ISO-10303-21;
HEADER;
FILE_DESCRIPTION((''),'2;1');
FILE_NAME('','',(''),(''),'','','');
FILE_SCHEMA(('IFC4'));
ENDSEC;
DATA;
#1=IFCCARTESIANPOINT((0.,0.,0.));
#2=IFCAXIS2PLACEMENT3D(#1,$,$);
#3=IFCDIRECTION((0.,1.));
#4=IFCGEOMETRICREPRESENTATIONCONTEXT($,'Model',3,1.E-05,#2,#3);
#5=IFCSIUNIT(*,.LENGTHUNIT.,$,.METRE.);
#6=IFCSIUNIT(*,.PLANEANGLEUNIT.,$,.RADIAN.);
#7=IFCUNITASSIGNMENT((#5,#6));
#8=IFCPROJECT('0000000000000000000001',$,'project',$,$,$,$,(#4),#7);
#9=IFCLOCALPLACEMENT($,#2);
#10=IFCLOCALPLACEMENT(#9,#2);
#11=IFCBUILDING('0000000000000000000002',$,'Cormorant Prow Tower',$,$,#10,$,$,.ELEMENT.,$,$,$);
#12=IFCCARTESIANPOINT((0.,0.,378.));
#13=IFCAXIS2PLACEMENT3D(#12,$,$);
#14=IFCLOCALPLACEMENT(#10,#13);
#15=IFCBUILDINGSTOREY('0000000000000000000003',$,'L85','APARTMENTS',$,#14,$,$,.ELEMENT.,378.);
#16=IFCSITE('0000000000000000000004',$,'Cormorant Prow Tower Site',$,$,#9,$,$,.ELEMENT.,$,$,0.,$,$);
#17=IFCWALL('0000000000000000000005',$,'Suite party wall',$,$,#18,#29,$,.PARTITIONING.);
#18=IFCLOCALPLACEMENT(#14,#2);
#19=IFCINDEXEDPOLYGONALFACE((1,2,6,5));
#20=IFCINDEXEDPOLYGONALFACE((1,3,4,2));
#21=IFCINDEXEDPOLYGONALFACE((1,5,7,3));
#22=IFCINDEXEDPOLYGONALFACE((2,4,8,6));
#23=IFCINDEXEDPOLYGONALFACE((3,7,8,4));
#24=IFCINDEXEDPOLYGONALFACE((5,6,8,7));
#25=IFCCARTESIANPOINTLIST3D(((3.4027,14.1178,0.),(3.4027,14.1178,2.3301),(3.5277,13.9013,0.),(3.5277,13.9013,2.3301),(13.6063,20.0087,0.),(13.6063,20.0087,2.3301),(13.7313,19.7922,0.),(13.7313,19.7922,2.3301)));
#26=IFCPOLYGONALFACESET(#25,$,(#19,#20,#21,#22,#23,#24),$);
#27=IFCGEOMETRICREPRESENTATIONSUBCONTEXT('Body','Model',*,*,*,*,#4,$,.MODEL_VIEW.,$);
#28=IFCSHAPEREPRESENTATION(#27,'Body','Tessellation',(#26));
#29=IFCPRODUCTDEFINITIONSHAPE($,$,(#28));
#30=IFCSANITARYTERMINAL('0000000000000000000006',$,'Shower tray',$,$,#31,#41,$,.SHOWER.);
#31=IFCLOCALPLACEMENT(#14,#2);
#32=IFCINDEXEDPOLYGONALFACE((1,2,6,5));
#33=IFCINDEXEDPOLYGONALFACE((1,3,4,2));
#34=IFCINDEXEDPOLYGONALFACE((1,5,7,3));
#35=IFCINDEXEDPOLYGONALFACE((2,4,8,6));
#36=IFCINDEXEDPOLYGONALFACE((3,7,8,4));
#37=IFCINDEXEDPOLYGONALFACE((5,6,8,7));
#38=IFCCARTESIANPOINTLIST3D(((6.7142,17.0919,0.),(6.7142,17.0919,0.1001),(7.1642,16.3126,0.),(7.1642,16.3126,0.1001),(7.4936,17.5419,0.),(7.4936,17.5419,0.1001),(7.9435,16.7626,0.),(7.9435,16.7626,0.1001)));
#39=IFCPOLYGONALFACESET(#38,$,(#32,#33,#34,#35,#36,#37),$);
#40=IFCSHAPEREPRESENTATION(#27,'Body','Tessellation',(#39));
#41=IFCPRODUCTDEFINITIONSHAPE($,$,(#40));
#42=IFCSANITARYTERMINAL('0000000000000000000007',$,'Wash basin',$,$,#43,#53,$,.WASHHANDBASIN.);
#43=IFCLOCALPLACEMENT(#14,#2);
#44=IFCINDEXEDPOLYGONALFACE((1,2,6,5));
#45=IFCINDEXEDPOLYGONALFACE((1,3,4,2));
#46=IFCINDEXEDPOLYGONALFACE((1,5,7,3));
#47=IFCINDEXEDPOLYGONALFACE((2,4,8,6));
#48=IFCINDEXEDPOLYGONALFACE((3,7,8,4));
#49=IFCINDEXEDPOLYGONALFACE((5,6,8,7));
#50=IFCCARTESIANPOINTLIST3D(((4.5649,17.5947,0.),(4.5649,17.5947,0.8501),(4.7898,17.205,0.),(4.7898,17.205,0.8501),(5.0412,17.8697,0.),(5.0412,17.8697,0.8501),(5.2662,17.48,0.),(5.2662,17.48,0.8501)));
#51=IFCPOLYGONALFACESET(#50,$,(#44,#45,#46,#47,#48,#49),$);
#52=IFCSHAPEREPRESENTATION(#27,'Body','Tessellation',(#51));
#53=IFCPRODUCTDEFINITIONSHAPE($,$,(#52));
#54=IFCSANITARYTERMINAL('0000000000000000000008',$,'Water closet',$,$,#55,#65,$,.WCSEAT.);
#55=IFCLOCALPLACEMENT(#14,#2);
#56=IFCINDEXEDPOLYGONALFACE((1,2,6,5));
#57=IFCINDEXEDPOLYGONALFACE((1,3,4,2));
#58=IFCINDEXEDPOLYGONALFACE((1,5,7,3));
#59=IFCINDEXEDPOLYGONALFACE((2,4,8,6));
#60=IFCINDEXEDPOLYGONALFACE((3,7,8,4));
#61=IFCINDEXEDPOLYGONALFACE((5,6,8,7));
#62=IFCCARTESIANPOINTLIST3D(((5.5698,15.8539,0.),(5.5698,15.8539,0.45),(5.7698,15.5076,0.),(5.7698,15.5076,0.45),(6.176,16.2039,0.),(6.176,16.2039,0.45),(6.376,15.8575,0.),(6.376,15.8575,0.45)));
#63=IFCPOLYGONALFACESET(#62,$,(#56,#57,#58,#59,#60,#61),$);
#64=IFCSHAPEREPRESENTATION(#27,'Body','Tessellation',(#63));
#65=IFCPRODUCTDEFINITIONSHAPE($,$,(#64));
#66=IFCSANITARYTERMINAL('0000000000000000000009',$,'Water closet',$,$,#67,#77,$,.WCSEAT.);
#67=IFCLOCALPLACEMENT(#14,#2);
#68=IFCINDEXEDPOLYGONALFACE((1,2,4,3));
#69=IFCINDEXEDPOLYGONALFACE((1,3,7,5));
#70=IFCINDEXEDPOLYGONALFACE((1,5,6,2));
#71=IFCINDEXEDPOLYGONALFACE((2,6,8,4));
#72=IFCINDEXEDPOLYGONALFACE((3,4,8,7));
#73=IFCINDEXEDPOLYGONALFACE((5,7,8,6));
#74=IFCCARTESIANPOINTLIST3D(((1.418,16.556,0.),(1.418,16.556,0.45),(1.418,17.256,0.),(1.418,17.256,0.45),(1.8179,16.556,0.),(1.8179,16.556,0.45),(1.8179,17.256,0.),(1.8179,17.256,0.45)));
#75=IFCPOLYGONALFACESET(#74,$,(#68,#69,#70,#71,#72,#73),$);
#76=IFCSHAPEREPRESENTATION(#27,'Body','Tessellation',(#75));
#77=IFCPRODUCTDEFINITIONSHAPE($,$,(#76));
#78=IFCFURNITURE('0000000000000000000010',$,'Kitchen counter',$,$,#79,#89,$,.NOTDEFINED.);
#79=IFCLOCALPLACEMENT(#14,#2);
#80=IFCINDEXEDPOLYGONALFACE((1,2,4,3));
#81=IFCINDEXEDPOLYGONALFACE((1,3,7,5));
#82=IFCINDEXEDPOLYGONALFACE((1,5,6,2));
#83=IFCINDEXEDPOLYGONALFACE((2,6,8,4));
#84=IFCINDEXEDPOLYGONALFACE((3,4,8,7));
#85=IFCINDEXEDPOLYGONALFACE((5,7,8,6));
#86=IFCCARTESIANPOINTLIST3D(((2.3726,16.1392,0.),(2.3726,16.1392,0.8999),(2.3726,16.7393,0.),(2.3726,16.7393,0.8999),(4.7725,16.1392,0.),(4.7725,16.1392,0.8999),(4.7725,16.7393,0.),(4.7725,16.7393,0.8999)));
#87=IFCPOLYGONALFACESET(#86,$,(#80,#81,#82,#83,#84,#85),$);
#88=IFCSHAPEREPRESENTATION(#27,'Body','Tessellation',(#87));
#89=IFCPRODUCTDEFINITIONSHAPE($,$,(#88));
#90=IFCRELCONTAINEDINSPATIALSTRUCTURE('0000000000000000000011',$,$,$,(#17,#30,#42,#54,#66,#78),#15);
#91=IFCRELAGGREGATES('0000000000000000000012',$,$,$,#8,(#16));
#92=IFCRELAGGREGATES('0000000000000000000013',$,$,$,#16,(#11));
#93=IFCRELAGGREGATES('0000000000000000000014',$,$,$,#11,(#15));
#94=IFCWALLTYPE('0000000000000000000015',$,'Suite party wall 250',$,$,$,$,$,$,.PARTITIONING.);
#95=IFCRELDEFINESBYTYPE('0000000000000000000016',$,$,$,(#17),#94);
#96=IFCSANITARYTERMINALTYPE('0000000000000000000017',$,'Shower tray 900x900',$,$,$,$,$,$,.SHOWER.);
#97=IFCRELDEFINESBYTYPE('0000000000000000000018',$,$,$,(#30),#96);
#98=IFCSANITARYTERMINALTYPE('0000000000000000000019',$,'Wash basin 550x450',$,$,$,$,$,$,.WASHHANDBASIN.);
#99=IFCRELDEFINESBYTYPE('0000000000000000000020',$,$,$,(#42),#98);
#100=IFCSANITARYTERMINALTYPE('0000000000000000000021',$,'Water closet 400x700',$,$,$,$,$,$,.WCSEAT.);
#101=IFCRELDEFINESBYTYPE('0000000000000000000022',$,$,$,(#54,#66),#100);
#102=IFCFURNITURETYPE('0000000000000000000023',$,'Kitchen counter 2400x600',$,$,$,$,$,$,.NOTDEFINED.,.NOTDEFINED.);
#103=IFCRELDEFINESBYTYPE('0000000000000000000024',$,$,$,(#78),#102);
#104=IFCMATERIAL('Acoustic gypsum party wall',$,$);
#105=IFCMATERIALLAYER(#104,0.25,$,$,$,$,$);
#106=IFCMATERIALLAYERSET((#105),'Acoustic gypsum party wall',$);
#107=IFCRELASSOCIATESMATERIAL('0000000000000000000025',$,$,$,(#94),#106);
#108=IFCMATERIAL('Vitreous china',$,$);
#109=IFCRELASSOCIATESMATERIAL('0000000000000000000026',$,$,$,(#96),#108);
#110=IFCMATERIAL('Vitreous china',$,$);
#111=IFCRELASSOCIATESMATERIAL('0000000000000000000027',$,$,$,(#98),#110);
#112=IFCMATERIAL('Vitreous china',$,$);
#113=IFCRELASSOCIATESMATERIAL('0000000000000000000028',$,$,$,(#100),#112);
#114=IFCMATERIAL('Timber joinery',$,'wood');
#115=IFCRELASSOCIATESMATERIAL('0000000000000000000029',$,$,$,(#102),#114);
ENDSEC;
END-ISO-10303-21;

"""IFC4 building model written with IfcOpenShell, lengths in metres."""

from ifc_helpers import new_model, si_unit, direction, frame, frame_2d, origin, origin_2d, place, context, subcontext, project, spatial, rectangle, extrude, material, layer, layer_set, type_object, element, save


model = new_model("IFC4")

# Units and contexts
model_context = context("Model", 3, precision=1e-05, world=origin(), true_north=direction((0.0, 1.0)))
body_context = subcontext(model_context, "Body", "Model", "MODEL_VIEW")
ifc_project = project(units=[si_unit("LENGTHUNIT", "METRE"), si_unit("PLANEANGLEUNIT", "RADIAN")], contexts=[model_context])

# Site, building, storey
site_placement = place(None, origin())
site = spatial("IfcSite", under=ifc_project, at=site_placement, Name="Cormorant Prow Tower Site", CompositionType="ELEMENT", RefElevation=0.0)
building_placement = place(site_placement, origin())
building = spatial("IfcBuilding", under=site, at=building_placement, Name="Cormorant Prow Tower", CompositionType="ELEMENT")
storey_placement = place(building_placement, frame((0.0, 0.0, 378.0)))
storey = spatial("IfcBuildingStorey", under=building, at=storey_placement, Name="L85", Description="APARTMENTS", CompositionType="ELEMENT", Elevation=378.0)

# Wall
ifc_material_1 = material(Name="Acoustic gypsum party wall")
ifc_layer_1 = layer(ifc_material_1, 0.25)
ifc_layer_set_1 = layer_set([ifc_layer_1], Name="Acoustic gypsum party wall")
wall_type_1 = type_object("IfcWallType", Name="Suite party wall 250", PredefinedType="PARTITIONING", material=ifc_layer_set_1)
wall_1_placement = place(storey_placement, frame((3.4651, 14.0095, 0.0), z_axis=(0.0, 0.0, 1.0), x_axis=(0.866032, 0.499988, 0.0)))
element("IfcWall", 1, at=wall_1_placement, inside=storey, type_object=wall_type_1, Name="Suite party wall", PredefinedType="PARTITIONING", context=body_context, shape_type="SweptSolid", body=[
    extrude(rectangle(XDim=11.782, YDim=0.25, at=frame_2d((5.8911, 0.0))), origin(), (0.0, 0.0, 1.0), 2.3301),
])

# Sanitary terminals
ifc_material_2 = material(Name="Vitreous china")
sanitary_terminal_type_1 = type_object("IfcSanitaryTerminalType", Name="Shower tray 900x900", PredefinedType="SHOWER", material=ifc_material_2)
sanitary_terminal_1_placement = place(storey_placement, frame((7.3289, 16.9272, 0.0), z_axis=(0.0, 0.0, 1.0), x_axis=(-0.866025, -0.5, 0.0)))
element("IfcSanitaryTerminal", 2, at=sanitary_terminal_1_placement, inside=storey, type_object=sanitary_terminal_type_1, Name="Shower tray", PredefinedType="SHOWER", context=body_context, shape_type="SweptSolid", body=[
    extrude(rectangle(XDim=0.8999, YDim=0.8999, at=origin_2d()), origin(), (0.0, 0.0, 1.0), 0.1001),
])
ifc_material_3 = material(Name="Vitreous china")
sanitary_terminal_type_2 = type_object("IfcSanitaryTerminalType", Name="Wash basin 550x450", PredefinedType="WASHHANDBASIN", material=ifc_material_3)
sanitary_terminal_2_placement = place(storey_placement, frame((4.9155, 17.5374, 0.0), z_axis=(0.0, 0.0, 1.0), x_axis=(0.866025, 0.5, 0.0)))
element("IfcSanitaryTerminal", 3, at=sanitary_terminal_2_placement, inside=storey, type_object=sanitary_terminal_type_2, Name="Wash basin", PredefinedType="WASHHANDBASIN", context=body_context, shape_type="SweptSolid", body=[
    extrude(rectangle(XDim=0.55, YDim=0.45, at=origin_2d()), origin(), (0.0, 0.0, 1.0), 0.8501),
])
ifc_material_4 = material(Name="Vitreous china")
sanitary_terminal_type_3 = type_object("IfcSanitaryTerminalType", Name="Water closet 400x700", PredefinedType="WCSEAT", material=ifc_material_4)
for number, where, z_axis, x_axis, name in (
    (4, (5.9729, 15.8557, 0.0), (0.0, 0.0, 1.0), (-0.5, 0.866025, 0.0), "Water closet"),
    (5, (1.6179, 16.906, 0.0), (0.0, 0.0, 1.0), (-1.0, 0.0, 0.0), "Water closet"),
):
    element("IfcSanitaryTerminal", number, at=place(storey_placement, frame(where, z_axis=z_axis, x_axis=x_axis)), inside=storey, type_object=sanitary_terminal_type_3, Name=name, PredefinedType="WCSEAT", context=body_context, shape_type="SweptSolid", body=[
        extrude(rectangle(XDim=0.3999, YDim=0.7, at=origin_2d()), origin(), (0.0, 0.0, 1.0), 0.45),
    ])

# Furniture
ifc_material_5 = material(Name="Timber joinery", Category="wood")
furniture_type = type_object("IfcFurnitureType", Name="Kitchen counter 2400x600", AssemblyPlace="NOTDEFINED", PredefinedType="NOTDEFINED", material=ifc_material_5)
furniture_placement = place(storey_placement, frame((3.5725, 16.4392, 0.0), z_axis=(0.0, 0.0, 1.0), x_axis=(1.0, 0.0, 0.0)))
element("IfcFurniture", 6, at=furniture_placement, inside=storey, type_object=furniture_type, Name="Kitchen counter", PredefinedType="NOTDEFINED", context=body_context, shape_type="SweptSolid", body=[
    extrude(rectangle(XDim=2.3999, YDim=0.6001, at=origin_2d()), origin(), (0.0, 0.0, 1.0), 0.8999),
])

save(model, "model.ifc")
